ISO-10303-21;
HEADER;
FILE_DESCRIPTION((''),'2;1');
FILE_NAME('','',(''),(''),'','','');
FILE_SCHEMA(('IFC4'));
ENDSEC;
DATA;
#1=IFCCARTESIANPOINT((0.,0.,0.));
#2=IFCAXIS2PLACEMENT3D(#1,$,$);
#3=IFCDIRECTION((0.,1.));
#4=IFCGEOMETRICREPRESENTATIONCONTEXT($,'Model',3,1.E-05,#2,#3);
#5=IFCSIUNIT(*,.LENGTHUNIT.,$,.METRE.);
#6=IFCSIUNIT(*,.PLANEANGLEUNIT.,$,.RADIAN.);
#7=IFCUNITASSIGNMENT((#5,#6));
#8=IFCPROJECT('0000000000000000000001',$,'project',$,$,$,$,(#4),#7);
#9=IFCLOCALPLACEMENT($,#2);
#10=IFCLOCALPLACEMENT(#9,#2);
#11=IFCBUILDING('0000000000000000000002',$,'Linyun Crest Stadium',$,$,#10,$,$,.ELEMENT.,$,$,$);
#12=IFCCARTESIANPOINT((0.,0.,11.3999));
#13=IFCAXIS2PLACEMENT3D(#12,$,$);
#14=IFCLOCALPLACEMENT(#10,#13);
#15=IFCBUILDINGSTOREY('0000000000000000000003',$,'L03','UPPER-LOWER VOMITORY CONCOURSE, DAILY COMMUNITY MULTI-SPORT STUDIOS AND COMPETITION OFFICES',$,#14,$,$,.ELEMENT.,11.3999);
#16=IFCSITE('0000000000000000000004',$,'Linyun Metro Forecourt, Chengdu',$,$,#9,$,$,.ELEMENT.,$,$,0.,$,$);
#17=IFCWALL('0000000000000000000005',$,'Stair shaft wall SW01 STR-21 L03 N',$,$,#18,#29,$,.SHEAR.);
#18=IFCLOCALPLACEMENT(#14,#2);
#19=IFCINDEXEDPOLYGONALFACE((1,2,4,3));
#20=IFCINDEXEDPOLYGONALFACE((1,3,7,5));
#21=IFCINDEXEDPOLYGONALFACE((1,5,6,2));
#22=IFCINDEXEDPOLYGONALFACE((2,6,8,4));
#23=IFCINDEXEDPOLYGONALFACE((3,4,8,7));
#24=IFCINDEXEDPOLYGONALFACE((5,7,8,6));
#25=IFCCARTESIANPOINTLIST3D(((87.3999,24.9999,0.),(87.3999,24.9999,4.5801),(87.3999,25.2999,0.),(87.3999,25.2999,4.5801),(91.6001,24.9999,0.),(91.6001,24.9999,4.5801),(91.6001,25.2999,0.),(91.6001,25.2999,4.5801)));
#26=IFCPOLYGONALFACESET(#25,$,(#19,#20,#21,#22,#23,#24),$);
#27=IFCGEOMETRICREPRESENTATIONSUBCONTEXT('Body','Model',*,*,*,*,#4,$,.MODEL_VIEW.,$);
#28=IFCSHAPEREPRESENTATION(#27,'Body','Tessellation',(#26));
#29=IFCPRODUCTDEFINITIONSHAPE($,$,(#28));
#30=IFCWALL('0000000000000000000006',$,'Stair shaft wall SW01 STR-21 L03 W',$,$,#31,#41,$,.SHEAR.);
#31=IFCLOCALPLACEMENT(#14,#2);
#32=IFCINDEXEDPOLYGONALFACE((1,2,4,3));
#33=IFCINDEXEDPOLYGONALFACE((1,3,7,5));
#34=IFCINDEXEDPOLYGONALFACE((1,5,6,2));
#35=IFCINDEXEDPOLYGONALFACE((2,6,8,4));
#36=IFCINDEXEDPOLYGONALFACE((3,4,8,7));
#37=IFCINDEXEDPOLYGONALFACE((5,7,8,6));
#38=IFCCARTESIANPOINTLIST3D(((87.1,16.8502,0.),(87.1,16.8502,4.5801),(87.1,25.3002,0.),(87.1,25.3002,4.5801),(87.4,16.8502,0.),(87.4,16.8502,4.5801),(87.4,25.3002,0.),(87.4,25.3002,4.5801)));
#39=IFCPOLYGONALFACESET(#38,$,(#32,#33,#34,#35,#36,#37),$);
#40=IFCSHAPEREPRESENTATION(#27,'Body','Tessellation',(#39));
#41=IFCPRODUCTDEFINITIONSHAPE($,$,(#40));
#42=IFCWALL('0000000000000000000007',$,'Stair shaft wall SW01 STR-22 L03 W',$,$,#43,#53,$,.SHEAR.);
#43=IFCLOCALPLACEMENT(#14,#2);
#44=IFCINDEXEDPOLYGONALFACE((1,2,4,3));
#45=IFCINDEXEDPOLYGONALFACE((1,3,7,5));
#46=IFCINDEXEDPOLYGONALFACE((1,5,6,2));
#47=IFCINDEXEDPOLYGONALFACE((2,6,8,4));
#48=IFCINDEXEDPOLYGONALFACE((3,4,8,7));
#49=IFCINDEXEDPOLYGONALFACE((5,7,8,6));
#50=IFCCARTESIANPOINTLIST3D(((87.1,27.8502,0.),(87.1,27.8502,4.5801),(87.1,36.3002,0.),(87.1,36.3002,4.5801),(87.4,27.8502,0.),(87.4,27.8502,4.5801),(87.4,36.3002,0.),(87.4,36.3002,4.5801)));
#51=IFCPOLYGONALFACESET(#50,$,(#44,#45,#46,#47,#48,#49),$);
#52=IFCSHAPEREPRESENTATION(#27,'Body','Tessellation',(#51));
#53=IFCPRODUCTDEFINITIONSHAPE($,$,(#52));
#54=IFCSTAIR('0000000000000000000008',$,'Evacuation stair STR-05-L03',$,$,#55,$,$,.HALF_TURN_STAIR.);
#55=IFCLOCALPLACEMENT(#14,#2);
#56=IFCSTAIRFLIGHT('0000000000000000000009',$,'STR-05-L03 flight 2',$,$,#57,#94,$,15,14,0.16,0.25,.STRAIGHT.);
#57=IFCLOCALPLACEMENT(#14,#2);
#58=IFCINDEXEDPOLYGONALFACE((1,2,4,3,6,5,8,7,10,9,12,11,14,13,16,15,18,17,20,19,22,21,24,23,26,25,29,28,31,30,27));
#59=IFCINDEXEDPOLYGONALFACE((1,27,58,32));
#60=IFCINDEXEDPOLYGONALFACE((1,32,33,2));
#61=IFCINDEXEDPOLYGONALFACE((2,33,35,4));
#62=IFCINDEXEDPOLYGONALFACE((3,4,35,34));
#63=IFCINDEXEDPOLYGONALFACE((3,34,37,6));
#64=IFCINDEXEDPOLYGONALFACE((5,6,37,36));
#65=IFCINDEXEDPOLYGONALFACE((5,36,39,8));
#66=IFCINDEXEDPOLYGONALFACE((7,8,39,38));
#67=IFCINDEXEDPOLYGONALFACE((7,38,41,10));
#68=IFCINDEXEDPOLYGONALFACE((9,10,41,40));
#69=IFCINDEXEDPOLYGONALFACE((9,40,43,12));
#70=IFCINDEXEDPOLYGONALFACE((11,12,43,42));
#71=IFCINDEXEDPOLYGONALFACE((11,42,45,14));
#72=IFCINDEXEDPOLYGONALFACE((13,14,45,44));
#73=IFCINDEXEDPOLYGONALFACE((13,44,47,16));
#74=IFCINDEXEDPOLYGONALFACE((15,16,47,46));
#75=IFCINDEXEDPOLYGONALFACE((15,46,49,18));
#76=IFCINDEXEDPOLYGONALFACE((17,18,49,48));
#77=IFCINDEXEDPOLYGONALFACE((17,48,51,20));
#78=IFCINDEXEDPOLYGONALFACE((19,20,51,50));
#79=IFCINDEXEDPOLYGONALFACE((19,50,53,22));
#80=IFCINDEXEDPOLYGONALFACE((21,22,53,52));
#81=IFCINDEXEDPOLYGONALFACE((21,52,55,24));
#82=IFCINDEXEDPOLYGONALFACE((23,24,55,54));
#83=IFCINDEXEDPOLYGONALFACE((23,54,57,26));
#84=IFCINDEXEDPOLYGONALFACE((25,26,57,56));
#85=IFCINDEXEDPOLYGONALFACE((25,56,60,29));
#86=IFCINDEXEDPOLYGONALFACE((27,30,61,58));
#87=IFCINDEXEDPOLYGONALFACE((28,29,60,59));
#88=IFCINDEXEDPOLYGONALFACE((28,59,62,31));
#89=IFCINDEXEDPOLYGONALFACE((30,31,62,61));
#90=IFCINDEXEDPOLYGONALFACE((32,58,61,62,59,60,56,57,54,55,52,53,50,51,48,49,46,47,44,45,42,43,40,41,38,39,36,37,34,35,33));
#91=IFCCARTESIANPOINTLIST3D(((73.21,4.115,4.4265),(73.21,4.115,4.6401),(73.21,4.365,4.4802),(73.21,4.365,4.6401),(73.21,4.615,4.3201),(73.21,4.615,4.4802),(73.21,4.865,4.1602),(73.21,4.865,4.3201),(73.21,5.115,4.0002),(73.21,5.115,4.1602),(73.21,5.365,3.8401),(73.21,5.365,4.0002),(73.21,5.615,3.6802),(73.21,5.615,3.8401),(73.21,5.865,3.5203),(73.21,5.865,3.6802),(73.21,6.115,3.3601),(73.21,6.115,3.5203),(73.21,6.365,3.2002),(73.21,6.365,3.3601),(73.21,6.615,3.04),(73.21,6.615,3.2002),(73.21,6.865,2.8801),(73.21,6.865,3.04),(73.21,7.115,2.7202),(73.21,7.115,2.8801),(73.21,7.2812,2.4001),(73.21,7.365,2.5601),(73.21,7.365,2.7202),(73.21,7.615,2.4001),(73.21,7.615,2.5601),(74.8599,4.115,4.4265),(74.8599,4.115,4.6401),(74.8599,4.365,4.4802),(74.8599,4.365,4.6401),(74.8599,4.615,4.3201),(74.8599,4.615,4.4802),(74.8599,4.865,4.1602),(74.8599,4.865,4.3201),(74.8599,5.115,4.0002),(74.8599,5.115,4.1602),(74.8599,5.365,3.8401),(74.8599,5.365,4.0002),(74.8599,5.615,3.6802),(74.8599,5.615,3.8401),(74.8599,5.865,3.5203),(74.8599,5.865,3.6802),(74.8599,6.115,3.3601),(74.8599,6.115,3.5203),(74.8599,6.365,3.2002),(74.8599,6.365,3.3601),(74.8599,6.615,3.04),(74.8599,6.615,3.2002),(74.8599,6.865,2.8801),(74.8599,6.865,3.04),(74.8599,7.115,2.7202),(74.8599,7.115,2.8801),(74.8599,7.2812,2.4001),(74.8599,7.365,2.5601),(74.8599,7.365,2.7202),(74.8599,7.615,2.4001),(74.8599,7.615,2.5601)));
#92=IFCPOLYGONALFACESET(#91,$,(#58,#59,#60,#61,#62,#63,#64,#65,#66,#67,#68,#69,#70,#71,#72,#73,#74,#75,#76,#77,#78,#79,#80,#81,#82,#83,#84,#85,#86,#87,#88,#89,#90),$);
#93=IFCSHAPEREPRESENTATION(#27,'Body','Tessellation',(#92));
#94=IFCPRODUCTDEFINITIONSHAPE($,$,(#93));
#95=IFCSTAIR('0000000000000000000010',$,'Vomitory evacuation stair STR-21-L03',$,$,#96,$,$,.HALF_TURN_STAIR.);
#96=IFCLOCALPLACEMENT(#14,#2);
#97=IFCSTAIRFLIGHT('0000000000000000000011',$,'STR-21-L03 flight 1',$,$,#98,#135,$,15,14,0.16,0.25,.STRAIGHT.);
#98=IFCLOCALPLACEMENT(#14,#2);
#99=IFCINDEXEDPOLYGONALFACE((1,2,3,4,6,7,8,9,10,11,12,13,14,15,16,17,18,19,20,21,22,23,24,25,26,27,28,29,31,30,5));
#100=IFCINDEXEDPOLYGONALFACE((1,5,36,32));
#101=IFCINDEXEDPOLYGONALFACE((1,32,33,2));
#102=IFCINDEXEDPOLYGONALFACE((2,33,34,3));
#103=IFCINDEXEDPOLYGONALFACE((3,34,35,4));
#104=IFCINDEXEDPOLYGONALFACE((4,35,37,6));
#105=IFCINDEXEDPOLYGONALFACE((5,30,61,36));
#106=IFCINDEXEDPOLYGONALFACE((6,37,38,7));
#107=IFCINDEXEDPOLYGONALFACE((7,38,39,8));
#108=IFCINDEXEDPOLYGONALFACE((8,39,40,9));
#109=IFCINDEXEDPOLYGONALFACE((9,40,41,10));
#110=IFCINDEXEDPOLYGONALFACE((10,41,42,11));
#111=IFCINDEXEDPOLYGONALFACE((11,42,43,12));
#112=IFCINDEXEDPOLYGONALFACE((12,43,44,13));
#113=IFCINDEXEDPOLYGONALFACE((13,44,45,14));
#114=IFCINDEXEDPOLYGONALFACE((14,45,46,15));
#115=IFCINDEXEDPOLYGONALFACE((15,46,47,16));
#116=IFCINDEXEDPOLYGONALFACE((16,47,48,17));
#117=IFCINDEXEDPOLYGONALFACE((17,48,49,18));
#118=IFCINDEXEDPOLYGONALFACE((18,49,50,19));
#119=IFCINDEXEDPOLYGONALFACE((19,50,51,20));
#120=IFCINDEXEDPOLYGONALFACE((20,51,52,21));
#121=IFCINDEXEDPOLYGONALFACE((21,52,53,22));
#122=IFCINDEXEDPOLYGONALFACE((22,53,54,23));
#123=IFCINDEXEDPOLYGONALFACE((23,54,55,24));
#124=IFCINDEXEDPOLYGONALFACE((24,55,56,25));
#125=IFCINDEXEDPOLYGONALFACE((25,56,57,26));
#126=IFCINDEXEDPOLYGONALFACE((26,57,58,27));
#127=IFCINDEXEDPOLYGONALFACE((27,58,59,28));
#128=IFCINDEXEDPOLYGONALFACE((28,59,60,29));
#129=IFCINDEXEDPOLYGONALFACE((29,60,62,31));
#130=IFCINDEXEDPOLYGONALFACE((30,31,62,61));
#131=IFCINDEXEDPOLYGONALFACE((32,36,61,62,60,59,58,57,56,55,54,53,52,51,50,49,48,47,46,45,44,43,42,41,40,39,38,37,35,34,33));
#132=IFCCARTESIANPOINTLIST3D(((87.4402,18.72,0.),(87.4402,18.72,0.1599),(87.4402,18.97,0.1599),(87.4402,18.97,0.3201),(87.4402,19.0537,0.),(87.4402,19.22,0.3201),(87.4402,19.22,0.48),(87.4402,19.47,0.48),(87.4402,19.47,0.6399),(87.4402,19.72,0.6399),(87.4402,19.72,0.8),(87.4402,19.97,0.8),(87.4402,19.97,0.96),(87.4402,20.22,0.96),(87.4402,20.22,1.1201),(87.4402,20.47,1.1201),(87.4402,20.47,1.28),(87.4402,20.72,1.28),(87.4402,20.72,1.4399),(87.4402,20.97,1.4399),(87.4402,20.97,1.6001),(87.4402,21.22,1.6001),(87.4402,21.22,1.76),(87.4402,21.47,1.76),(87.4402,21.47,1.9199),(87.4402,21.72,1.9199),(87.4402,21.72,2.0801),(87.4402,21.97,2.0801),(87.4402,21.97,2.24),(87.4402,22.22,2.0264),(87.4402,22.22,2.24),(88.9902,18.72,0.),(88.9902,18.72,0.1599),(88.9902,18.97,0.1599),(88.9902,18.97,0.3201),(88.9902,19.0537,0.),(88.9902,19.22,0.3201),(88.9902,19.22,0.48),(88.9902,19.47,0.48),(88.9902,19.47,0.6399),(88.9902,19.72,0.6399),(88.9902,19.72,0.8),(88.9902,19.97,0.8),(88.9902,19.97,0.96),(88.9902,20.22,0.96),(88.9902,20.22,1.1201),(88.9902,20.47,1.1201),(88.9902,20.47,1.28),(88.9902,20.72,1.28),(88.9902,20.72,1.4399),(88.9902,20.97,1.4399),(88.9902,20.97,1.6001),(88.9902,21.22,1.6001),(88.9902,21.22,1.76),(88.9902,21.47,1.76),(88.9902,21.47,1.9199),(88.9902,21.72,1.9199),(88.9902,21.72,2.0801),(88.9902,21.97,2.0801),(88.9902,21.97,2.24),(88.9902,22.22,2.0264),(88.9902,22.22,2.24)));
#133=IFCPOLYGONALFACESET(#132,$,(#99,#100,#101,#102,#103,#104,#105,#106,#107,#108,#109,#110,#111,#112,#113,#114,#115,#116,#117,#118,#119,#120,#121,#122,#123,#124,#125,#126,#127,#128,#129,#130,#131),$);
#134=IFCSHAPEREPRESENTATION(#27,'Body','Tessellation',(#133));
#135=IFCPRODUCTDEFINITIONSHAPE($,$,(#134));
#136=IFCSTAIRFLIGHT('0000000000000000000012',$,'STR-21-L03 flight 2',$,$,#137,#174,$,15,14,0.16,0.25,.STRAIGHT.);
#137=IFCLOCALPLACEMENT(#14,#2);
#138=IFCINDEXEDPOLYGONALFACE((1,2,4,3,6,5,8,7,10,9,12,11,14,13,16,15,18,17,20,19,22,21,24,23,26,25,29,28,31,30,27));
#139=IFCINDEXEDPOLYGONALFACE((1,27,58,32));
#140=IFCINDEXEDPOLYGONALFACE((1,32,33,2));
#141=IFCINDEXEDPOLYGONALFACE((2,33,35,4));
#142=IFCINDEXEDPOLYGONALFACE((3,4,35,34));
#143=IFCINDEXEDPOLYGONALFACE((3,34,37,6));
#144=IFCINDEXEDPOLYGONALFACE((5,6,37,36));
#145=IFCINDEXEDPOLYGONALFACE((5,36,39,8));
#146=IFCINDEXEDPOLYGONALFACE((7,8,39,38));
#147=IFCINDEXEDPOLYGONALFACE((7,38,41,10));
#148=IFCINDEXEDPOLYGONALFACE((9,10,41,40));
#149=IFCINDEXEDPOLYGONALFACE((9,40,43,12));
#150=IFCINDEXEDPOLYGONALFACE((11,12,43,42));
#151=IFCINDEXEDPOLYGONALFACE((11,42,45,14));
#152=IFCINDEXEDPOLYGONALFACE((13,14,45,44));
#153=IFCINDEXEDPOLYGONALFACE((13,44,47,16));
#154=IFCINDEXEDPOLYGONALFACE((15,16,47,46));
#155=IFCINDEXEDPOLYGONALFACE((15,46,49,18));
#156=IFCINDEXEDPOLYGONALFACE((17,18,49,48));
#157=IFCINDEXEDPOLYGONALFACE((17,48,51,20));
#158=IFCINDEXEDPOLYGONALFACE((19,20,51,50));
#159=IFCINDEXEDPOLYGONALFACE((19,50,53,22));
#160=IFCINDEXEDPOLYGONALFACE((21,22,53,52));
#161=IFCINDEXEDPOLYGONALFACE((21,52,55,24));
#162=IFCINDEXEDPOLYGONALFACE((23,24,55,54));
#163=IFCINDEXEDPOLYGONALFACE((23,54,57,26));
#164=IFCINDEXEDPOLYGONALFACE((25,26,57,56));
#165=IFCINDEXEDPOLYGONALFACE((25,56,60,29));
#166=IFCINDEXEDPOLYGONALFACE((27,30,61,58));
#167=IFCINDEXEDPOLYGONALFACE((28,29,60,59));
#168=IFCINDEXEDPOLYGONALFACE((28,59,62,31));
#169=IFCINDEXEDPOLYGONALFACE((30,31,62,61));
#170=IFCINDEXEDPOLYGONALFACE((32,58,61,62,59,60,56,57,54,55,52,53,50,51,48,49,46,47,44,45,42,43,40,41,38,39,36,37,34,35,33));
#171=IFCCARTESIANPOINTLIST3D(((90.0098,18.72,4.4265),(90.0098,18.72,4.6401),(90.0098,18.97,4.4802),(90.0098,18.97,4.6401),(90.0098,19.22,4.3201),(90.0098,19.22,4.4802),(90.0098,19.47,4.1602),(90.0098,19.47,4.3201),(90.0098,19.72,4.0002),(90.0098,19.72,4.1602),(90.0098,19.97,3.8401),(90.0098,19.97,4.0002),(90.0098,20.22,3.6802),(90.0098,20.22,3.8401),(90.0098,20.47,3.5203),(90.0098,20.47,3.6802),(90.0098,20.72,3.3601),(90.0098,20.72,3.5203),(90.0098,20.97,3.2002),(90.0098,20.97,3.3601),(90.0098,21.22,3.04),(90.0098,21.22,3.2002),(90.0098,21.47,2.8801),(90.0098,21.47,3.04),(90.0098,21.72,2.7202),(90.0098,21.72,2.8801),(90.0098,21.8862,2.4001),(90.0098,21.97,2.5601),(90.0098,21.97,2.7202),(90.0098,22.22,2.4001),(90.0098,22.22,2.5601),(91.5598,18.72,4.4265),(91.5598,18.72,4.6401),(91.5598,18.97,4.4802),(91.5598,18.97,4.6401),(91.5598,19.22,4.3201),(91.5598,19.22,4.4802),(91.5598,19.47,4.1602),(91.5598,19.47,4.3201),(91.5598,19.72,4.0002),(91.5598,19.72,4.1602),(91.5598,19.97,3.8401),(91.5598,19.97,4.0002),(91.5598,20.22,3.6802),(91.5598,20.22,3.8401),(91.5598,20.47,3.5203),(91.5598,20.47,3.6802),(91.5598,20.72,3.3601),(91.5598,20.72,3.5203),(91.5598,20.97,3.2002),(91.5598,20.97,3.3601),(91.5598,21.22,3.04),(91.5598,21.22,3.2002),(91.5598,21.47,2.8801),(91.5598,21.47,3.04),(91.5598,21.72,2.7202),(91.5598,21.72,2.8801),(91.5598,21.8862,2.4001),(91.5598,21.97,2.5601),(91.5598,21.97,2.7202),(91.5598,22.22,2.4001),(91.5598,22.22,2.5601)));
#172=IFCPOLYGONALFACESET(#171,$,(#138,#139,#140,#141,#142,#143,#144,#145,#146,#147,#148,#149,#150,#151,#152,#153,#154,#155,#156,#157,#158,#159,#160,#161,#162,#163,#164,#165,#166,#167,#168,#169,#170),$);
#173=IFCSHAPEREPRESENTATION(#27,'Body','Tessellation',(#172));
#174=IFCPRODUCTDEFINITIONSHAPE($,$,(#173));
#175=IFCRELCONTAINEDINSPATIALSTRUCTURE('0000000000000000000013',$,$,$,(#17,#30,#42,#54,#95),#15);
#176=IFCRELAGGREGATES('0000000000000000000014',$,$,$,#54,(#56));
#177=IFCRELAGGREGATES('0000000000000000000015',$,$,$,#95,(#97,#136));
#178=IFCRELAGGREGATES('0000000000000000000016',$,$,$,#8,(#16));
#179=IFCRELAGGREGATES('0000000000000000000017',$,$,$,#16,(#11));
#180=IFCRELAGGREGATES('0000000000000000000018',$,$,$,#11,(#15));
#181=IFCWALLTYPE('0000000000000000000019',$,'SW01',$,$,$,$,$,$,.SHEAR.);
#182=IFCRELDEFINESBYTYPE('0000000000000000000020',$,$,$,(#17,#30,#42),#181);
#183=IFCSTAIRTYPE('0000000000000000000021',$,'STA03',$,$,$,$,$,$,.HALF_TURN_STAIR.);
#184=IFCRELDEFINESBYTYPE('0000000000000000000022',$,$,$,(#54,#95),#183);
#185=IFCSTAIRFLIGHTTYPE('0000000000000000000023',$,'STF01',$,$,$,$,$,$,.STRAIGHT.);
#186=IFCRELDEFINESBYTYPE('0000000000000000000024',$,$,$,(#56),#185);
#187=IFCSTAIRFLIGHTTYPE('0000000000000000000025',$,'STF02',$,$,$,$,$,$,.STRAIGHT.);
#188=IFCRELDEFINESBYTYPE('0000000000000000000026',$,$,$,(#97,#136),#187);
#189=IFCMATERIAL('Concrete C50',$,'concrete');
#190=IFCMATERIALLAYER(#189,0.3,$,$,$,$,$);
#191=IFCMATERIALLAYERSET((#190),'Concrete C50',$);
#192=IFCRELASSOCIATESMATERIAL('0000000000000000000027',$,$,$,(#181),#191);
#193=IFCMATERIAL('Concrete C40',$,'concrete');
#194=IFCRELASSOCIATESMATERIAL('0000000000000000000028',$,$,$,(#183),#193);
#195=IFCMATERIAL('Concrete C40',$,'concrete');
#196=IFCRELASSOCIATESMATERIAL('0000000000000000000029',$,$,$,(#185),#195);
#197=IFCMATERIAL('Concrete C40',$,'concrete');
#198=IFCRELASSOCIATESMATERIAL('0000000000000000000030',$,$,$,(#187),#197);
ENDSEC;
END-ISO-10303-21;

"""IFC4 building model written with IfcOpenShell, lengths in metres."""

from ifc_helpers import new_model, si_unit, direction, frame, frame_2d, origin, place, context, subcontext, project, spatial, polyline, rectangle, outline, extrude, material, layer, layer_set, type_object, element, aggregate, save


model = new_model("IFC4")

# Units and contexts
model_context = context("Model", 3, precision=1e-05, world=origin(), true_north=direction((0.0, 1.0)))
body_context = subcontext(model_context, "Body", "Model", "MODEL_VIEW")
ifc_project = project(units=[si_unit("LENGTHUNIT", "METRE"), si_unit("PLANEANGLEUNIT", "RADIAN")], contexts=[model_context])

# Site, building, storey
site_placement = place(None, origin())
site = spatial("IfcSite", under=ifc_project, at=site_placement, Name="Linyun Metro Forecourt, Chengdu", CompositionType="ELEMENT", RefElevation=0.0)
building_placement = place(site_placement, origin())
building = spatial("IfcBuilding", under=site, at=building_placement, Name="Linyun Crest Stadium", CompositionType="ELEMENT")
storey_placement = place(building_placement, frame((0.0, 0.0, 11.3999)))
storey = spatial("IfcBuildingStorey", under=building, at=storey_placement, Name="L03", Description="UPPER-LOWER VOMITORY CONCOURSE, DAILY COMMUNITY MULTI-SPORT STUDIOS AND COMPETITION OFFICES", CompositionType="ELEMENT", Elevation=11.3999)

# Shared definitions
ifc_material_1 = material(Name="Concrete C50", Category="concrete")
ifc_layer_1 = layer(ifc_material_1, 0.3)
ifc_layer_set_1 = layer_set([ifc_layer_1], Name="Concrete C50")
wall_type_1 = type_object("IfcWallType", Name="SW01", PredefinedType="SHEAR", material=ifc_layer_set_1)

# Walls
wall_1_placement = place(storey_placement, frame((87.3999, 25.1499, 0.0), z_axis=(0.0, 0.0, 1.0), x_axis=(1.0, 0.0, 0.0)))
element("IfcWall", 1, at=wall_1_placement, inside=storey, type_object=wall_type_1, Name="Stair shaft wall SW01 STR-21 L03 N", PredefinedType="SHEAR", context=body_context, shape_type="SweptSolid", body=[
    extrude(rectangle(XDim=4.2002, YDim=0.3, at=frame_2d((2.1001, 0.0))), origin(), (0.0, 0.0, 1.0), 4.5801),
])
for number, where, z_axis, x_axis, name in (
    (2, (87.25, 16.8501, 0.0), (0.0, 0.0, 1.0), (0.0, 1.0, 0.0), "Stair shaft wall SW01 STR-21 L03 W"),
    (3, (87.25, 27.8501, 0.0), (0.0, 0.0, 1.0), (0.0, 1.0, 0.0), "Stair shaft wall SW01 STR-22 L03 W"),
):
    element("IfcWall", number, at=place(storey_placement, frame(where, z_axis=z_axis, x_axis=x_axis)), inside=storey, type_object=wall_type_1, Name=name, PredefinedType="SHEAR", context=body_context, shape_type="SweptSolid", body=[
        extrude(rectangle(XDim=8.45, YDim=0.3, at=frame_2d((4.2251, 0.0))), origin(), (0.0, 0.0, 1.0), 4.5801),
    ])

# Stair, stair flight
ifc_material_2 = material(Name="Concrete C40", Category="concrete")
stair_type = type_object("IfcStairType", Name="STA03", PredefinedType="HALF_TURN_STAIR", material=ifc_material_2)
stair_1_placement = place(storey_placement, origin())
stair_1 = element("IfcStair", 4, at=stair_1_placement, inside=storey, type_object=stair_type, Name="Evacuation stair STR-05-L03", PredefinedType="HALF_TURN_STAIR")
ifc_material_3 = material(Name="Concrete C40", Category="concrete")
stair_flight_type_1 = type_object("IfcStairFlightType", Name="STF01", PredefinedType="STRAIGHT", material=ifc_material_3)
stair_flight_1_placement = place(storey_placement, frame((74.0349, 7.615, 2.4001), z_axis=(0.0, 0.0, 1.0), x_axis=(0.0, -1.0, 0.0)))
stair_flight_1 = element("IfcStairFlight", 5, at=stair_flight_1_placement, type_object=stair_flight_type_1, Name="STR-05-L03 flight 2", NumberOfRisers=15, NumberOfTreads=14, PredefinedType="STRAIGHT", RiserHeight=0.16, TreadLength=0.25, context=body_context, shape_type="SweptSolid", body=[
    extrude(outline(polyline([(0.0, 0.0), (0.0, 0.1599), (0.25, 0.1599), (0.25, 0.3201), (0.5, 0.3201), (0.5, 0.48), (0.75, 0.48), (0.75, 0.6399), (1.0, 0.6399), (1.0, 0.8), (1.25, 0.8), (1.25, 0.96), (1.5, 0.96), (1.5, 1.1201), (1.75, 1.1201), (1.75, 1.28), (2.0, 1.28), (2.0, 1.4399), (2.25, 1.4399), (2.25, 1.6001), (2.5, 1.6001), (2.5, 1.76), (2.75, 1.76), (2.75, 1.9199), (3.0, 1.9199), (3.0, 2.0801), (3.25, 2.0801), (3.25, 2.24), (3.5, 2.24), (3.5, 2.3999), (3.5, 2.0264), (0.3337, 0.0), (0.0, 0.0)])), frame((0.0, 0.825, 0.0), z_axis=(0.0, -1.0, 0.0), x_axis=(1.0, 0.0, 0.0)), (0.0, 0.0, 1.0), 1.6499),
])
aggregate(stair_1, [stair_flight_1])

# Stair, stair flights
stair_2_placement = place(storey_placement, origin())
stair_2 = element("IfcStair", 6, at=stair_2_placement, inside=storey, type_object=stair_type, Name="Vomitory evacuation stair STR-21-L03", PredefinedType="HALF_TURN_STAIR")
ifc_material_4 = material(Name="Concrete C40", Category="concrete")
stair_flight_type_2 = type_object("IfcStairFlightType", Name="STF02", PredefinedType="STRAIGHT", material=ifc_material_4)
stair_flight_2_placement = place(storey_placement, frame((88.2151, 18.72, 0.0), z_axis=(0.0, 0.0, 1.0), x_axis=(0.0, 1.0, 0.0)))
stair_flight_2 = element("IfcStairFlight", 7, at=stair_flight_2_placement, type_object=stair_flight_type_2, Name="STR-21-L03 flight 1", NumberOfRisers=15, NumberOfTreads=14, PredefinedType="STRAIGHT", RiserHeight=0.16, TreadLength=0.25, context=body_context, shape_type="SweptSolid", body=[
    extrude(outline(polyline([(0.0, 0.0), (0.0, 0.1599), (0.25, 0.1599), (0.25, 0.3201), (0.5, 0.3201), (0.5, 0.48), (0.75, 0.48), (0.75, 0.6399), (1.0, 0.6399), (1.0, 0.8), (1.25, 0.8), (1.25, 0.96), (1.5, 0.96), (1.5, 1.1201), (1.75, 1.1201), (1.75, 1.28), (2.0, 1.28), (2.0, 1.4399), (2.25, 1.4399), (2.25, 1.6001), (2.5, 1.6001), (2.5, 1.76), (2.75, 1.76), (2.75, 1.9199), (3.0, 1.9199), (3.0, 2.0801), (3.25, 2.0801), (3.25, 2.24), (3.5, 2.24), (3.5, 2.3999), (3.5, 2.0264), (0.3337, 0.0), (0.0, 0.0)])), frame((0.0, 0.7749, 0.0), z_axis=(0.0, -1.0, 0.0), x_axis=(1.0, 0.0, 0.0)), (0.0, 0.0, 1.0), 1.55),
])
stair_flight_3_placement = place(storey_placement, frame((90.7849, 22.22, 2.4001), z_axis=(0.0, 0.0, 1.0), x_axis=(0.0, -1.0, 0.0)))
stair_flight_3 = element("IfcStairFlight", 8, at=stair_flight_3_placement, type_object=stair_flight_type_2, Name="STR-21-L03 flight 2", NumberOfRisers=15, NumberOfTreads=14, PredefinedType="STRAIGHT", RiserHeight=0.16, TreadLength=0.25, context=body_context, shape_type="SweptSolid", body=[
    extrude(outline(polyline([(0.0, 0.0), (0.0, 0.1599), (0.25, 0.1599), (0.25, 0.3201), (0.5, 0.3201), (0.5, 0.48), (0.75, 0.48), (0.75, 0.6399), (1.0, 0.6399), (1.0, 0.8), (1.25, 0.8), (1.25, 0.96), (1.5, 0.96), (1.5, 1.1201), (1.75, 1.1201), (1.75, 1.28), (2.0, 1.28), (2.0, 1.4399), (2.25, 1.4399), (2.25, 1.6001), (2.5, 1.6001), (2.5, 1.76), (2.75, 1.76), (2.75, 1.9199), (3.0, 1.9199), (3.0, 2.0801), (3.25, 2.0801), (3.25, 2.24), (3.5, 2.24), (3.5, 2.3999), (3.5, 2.0264), (0.3337, 0.0), (0.0, 0.0)])), frame((0.0, 0.7749, 0.0), z_axis=(0.0, -1.0, 0.0), x_axis=(1.0, 0.0, 0.0)), (0.0, 0.0, 1.0), 1.55),
])
aggregate(stair_2, [stair_flight_2, stair_flight_3])

save(model, "model.ifc")
